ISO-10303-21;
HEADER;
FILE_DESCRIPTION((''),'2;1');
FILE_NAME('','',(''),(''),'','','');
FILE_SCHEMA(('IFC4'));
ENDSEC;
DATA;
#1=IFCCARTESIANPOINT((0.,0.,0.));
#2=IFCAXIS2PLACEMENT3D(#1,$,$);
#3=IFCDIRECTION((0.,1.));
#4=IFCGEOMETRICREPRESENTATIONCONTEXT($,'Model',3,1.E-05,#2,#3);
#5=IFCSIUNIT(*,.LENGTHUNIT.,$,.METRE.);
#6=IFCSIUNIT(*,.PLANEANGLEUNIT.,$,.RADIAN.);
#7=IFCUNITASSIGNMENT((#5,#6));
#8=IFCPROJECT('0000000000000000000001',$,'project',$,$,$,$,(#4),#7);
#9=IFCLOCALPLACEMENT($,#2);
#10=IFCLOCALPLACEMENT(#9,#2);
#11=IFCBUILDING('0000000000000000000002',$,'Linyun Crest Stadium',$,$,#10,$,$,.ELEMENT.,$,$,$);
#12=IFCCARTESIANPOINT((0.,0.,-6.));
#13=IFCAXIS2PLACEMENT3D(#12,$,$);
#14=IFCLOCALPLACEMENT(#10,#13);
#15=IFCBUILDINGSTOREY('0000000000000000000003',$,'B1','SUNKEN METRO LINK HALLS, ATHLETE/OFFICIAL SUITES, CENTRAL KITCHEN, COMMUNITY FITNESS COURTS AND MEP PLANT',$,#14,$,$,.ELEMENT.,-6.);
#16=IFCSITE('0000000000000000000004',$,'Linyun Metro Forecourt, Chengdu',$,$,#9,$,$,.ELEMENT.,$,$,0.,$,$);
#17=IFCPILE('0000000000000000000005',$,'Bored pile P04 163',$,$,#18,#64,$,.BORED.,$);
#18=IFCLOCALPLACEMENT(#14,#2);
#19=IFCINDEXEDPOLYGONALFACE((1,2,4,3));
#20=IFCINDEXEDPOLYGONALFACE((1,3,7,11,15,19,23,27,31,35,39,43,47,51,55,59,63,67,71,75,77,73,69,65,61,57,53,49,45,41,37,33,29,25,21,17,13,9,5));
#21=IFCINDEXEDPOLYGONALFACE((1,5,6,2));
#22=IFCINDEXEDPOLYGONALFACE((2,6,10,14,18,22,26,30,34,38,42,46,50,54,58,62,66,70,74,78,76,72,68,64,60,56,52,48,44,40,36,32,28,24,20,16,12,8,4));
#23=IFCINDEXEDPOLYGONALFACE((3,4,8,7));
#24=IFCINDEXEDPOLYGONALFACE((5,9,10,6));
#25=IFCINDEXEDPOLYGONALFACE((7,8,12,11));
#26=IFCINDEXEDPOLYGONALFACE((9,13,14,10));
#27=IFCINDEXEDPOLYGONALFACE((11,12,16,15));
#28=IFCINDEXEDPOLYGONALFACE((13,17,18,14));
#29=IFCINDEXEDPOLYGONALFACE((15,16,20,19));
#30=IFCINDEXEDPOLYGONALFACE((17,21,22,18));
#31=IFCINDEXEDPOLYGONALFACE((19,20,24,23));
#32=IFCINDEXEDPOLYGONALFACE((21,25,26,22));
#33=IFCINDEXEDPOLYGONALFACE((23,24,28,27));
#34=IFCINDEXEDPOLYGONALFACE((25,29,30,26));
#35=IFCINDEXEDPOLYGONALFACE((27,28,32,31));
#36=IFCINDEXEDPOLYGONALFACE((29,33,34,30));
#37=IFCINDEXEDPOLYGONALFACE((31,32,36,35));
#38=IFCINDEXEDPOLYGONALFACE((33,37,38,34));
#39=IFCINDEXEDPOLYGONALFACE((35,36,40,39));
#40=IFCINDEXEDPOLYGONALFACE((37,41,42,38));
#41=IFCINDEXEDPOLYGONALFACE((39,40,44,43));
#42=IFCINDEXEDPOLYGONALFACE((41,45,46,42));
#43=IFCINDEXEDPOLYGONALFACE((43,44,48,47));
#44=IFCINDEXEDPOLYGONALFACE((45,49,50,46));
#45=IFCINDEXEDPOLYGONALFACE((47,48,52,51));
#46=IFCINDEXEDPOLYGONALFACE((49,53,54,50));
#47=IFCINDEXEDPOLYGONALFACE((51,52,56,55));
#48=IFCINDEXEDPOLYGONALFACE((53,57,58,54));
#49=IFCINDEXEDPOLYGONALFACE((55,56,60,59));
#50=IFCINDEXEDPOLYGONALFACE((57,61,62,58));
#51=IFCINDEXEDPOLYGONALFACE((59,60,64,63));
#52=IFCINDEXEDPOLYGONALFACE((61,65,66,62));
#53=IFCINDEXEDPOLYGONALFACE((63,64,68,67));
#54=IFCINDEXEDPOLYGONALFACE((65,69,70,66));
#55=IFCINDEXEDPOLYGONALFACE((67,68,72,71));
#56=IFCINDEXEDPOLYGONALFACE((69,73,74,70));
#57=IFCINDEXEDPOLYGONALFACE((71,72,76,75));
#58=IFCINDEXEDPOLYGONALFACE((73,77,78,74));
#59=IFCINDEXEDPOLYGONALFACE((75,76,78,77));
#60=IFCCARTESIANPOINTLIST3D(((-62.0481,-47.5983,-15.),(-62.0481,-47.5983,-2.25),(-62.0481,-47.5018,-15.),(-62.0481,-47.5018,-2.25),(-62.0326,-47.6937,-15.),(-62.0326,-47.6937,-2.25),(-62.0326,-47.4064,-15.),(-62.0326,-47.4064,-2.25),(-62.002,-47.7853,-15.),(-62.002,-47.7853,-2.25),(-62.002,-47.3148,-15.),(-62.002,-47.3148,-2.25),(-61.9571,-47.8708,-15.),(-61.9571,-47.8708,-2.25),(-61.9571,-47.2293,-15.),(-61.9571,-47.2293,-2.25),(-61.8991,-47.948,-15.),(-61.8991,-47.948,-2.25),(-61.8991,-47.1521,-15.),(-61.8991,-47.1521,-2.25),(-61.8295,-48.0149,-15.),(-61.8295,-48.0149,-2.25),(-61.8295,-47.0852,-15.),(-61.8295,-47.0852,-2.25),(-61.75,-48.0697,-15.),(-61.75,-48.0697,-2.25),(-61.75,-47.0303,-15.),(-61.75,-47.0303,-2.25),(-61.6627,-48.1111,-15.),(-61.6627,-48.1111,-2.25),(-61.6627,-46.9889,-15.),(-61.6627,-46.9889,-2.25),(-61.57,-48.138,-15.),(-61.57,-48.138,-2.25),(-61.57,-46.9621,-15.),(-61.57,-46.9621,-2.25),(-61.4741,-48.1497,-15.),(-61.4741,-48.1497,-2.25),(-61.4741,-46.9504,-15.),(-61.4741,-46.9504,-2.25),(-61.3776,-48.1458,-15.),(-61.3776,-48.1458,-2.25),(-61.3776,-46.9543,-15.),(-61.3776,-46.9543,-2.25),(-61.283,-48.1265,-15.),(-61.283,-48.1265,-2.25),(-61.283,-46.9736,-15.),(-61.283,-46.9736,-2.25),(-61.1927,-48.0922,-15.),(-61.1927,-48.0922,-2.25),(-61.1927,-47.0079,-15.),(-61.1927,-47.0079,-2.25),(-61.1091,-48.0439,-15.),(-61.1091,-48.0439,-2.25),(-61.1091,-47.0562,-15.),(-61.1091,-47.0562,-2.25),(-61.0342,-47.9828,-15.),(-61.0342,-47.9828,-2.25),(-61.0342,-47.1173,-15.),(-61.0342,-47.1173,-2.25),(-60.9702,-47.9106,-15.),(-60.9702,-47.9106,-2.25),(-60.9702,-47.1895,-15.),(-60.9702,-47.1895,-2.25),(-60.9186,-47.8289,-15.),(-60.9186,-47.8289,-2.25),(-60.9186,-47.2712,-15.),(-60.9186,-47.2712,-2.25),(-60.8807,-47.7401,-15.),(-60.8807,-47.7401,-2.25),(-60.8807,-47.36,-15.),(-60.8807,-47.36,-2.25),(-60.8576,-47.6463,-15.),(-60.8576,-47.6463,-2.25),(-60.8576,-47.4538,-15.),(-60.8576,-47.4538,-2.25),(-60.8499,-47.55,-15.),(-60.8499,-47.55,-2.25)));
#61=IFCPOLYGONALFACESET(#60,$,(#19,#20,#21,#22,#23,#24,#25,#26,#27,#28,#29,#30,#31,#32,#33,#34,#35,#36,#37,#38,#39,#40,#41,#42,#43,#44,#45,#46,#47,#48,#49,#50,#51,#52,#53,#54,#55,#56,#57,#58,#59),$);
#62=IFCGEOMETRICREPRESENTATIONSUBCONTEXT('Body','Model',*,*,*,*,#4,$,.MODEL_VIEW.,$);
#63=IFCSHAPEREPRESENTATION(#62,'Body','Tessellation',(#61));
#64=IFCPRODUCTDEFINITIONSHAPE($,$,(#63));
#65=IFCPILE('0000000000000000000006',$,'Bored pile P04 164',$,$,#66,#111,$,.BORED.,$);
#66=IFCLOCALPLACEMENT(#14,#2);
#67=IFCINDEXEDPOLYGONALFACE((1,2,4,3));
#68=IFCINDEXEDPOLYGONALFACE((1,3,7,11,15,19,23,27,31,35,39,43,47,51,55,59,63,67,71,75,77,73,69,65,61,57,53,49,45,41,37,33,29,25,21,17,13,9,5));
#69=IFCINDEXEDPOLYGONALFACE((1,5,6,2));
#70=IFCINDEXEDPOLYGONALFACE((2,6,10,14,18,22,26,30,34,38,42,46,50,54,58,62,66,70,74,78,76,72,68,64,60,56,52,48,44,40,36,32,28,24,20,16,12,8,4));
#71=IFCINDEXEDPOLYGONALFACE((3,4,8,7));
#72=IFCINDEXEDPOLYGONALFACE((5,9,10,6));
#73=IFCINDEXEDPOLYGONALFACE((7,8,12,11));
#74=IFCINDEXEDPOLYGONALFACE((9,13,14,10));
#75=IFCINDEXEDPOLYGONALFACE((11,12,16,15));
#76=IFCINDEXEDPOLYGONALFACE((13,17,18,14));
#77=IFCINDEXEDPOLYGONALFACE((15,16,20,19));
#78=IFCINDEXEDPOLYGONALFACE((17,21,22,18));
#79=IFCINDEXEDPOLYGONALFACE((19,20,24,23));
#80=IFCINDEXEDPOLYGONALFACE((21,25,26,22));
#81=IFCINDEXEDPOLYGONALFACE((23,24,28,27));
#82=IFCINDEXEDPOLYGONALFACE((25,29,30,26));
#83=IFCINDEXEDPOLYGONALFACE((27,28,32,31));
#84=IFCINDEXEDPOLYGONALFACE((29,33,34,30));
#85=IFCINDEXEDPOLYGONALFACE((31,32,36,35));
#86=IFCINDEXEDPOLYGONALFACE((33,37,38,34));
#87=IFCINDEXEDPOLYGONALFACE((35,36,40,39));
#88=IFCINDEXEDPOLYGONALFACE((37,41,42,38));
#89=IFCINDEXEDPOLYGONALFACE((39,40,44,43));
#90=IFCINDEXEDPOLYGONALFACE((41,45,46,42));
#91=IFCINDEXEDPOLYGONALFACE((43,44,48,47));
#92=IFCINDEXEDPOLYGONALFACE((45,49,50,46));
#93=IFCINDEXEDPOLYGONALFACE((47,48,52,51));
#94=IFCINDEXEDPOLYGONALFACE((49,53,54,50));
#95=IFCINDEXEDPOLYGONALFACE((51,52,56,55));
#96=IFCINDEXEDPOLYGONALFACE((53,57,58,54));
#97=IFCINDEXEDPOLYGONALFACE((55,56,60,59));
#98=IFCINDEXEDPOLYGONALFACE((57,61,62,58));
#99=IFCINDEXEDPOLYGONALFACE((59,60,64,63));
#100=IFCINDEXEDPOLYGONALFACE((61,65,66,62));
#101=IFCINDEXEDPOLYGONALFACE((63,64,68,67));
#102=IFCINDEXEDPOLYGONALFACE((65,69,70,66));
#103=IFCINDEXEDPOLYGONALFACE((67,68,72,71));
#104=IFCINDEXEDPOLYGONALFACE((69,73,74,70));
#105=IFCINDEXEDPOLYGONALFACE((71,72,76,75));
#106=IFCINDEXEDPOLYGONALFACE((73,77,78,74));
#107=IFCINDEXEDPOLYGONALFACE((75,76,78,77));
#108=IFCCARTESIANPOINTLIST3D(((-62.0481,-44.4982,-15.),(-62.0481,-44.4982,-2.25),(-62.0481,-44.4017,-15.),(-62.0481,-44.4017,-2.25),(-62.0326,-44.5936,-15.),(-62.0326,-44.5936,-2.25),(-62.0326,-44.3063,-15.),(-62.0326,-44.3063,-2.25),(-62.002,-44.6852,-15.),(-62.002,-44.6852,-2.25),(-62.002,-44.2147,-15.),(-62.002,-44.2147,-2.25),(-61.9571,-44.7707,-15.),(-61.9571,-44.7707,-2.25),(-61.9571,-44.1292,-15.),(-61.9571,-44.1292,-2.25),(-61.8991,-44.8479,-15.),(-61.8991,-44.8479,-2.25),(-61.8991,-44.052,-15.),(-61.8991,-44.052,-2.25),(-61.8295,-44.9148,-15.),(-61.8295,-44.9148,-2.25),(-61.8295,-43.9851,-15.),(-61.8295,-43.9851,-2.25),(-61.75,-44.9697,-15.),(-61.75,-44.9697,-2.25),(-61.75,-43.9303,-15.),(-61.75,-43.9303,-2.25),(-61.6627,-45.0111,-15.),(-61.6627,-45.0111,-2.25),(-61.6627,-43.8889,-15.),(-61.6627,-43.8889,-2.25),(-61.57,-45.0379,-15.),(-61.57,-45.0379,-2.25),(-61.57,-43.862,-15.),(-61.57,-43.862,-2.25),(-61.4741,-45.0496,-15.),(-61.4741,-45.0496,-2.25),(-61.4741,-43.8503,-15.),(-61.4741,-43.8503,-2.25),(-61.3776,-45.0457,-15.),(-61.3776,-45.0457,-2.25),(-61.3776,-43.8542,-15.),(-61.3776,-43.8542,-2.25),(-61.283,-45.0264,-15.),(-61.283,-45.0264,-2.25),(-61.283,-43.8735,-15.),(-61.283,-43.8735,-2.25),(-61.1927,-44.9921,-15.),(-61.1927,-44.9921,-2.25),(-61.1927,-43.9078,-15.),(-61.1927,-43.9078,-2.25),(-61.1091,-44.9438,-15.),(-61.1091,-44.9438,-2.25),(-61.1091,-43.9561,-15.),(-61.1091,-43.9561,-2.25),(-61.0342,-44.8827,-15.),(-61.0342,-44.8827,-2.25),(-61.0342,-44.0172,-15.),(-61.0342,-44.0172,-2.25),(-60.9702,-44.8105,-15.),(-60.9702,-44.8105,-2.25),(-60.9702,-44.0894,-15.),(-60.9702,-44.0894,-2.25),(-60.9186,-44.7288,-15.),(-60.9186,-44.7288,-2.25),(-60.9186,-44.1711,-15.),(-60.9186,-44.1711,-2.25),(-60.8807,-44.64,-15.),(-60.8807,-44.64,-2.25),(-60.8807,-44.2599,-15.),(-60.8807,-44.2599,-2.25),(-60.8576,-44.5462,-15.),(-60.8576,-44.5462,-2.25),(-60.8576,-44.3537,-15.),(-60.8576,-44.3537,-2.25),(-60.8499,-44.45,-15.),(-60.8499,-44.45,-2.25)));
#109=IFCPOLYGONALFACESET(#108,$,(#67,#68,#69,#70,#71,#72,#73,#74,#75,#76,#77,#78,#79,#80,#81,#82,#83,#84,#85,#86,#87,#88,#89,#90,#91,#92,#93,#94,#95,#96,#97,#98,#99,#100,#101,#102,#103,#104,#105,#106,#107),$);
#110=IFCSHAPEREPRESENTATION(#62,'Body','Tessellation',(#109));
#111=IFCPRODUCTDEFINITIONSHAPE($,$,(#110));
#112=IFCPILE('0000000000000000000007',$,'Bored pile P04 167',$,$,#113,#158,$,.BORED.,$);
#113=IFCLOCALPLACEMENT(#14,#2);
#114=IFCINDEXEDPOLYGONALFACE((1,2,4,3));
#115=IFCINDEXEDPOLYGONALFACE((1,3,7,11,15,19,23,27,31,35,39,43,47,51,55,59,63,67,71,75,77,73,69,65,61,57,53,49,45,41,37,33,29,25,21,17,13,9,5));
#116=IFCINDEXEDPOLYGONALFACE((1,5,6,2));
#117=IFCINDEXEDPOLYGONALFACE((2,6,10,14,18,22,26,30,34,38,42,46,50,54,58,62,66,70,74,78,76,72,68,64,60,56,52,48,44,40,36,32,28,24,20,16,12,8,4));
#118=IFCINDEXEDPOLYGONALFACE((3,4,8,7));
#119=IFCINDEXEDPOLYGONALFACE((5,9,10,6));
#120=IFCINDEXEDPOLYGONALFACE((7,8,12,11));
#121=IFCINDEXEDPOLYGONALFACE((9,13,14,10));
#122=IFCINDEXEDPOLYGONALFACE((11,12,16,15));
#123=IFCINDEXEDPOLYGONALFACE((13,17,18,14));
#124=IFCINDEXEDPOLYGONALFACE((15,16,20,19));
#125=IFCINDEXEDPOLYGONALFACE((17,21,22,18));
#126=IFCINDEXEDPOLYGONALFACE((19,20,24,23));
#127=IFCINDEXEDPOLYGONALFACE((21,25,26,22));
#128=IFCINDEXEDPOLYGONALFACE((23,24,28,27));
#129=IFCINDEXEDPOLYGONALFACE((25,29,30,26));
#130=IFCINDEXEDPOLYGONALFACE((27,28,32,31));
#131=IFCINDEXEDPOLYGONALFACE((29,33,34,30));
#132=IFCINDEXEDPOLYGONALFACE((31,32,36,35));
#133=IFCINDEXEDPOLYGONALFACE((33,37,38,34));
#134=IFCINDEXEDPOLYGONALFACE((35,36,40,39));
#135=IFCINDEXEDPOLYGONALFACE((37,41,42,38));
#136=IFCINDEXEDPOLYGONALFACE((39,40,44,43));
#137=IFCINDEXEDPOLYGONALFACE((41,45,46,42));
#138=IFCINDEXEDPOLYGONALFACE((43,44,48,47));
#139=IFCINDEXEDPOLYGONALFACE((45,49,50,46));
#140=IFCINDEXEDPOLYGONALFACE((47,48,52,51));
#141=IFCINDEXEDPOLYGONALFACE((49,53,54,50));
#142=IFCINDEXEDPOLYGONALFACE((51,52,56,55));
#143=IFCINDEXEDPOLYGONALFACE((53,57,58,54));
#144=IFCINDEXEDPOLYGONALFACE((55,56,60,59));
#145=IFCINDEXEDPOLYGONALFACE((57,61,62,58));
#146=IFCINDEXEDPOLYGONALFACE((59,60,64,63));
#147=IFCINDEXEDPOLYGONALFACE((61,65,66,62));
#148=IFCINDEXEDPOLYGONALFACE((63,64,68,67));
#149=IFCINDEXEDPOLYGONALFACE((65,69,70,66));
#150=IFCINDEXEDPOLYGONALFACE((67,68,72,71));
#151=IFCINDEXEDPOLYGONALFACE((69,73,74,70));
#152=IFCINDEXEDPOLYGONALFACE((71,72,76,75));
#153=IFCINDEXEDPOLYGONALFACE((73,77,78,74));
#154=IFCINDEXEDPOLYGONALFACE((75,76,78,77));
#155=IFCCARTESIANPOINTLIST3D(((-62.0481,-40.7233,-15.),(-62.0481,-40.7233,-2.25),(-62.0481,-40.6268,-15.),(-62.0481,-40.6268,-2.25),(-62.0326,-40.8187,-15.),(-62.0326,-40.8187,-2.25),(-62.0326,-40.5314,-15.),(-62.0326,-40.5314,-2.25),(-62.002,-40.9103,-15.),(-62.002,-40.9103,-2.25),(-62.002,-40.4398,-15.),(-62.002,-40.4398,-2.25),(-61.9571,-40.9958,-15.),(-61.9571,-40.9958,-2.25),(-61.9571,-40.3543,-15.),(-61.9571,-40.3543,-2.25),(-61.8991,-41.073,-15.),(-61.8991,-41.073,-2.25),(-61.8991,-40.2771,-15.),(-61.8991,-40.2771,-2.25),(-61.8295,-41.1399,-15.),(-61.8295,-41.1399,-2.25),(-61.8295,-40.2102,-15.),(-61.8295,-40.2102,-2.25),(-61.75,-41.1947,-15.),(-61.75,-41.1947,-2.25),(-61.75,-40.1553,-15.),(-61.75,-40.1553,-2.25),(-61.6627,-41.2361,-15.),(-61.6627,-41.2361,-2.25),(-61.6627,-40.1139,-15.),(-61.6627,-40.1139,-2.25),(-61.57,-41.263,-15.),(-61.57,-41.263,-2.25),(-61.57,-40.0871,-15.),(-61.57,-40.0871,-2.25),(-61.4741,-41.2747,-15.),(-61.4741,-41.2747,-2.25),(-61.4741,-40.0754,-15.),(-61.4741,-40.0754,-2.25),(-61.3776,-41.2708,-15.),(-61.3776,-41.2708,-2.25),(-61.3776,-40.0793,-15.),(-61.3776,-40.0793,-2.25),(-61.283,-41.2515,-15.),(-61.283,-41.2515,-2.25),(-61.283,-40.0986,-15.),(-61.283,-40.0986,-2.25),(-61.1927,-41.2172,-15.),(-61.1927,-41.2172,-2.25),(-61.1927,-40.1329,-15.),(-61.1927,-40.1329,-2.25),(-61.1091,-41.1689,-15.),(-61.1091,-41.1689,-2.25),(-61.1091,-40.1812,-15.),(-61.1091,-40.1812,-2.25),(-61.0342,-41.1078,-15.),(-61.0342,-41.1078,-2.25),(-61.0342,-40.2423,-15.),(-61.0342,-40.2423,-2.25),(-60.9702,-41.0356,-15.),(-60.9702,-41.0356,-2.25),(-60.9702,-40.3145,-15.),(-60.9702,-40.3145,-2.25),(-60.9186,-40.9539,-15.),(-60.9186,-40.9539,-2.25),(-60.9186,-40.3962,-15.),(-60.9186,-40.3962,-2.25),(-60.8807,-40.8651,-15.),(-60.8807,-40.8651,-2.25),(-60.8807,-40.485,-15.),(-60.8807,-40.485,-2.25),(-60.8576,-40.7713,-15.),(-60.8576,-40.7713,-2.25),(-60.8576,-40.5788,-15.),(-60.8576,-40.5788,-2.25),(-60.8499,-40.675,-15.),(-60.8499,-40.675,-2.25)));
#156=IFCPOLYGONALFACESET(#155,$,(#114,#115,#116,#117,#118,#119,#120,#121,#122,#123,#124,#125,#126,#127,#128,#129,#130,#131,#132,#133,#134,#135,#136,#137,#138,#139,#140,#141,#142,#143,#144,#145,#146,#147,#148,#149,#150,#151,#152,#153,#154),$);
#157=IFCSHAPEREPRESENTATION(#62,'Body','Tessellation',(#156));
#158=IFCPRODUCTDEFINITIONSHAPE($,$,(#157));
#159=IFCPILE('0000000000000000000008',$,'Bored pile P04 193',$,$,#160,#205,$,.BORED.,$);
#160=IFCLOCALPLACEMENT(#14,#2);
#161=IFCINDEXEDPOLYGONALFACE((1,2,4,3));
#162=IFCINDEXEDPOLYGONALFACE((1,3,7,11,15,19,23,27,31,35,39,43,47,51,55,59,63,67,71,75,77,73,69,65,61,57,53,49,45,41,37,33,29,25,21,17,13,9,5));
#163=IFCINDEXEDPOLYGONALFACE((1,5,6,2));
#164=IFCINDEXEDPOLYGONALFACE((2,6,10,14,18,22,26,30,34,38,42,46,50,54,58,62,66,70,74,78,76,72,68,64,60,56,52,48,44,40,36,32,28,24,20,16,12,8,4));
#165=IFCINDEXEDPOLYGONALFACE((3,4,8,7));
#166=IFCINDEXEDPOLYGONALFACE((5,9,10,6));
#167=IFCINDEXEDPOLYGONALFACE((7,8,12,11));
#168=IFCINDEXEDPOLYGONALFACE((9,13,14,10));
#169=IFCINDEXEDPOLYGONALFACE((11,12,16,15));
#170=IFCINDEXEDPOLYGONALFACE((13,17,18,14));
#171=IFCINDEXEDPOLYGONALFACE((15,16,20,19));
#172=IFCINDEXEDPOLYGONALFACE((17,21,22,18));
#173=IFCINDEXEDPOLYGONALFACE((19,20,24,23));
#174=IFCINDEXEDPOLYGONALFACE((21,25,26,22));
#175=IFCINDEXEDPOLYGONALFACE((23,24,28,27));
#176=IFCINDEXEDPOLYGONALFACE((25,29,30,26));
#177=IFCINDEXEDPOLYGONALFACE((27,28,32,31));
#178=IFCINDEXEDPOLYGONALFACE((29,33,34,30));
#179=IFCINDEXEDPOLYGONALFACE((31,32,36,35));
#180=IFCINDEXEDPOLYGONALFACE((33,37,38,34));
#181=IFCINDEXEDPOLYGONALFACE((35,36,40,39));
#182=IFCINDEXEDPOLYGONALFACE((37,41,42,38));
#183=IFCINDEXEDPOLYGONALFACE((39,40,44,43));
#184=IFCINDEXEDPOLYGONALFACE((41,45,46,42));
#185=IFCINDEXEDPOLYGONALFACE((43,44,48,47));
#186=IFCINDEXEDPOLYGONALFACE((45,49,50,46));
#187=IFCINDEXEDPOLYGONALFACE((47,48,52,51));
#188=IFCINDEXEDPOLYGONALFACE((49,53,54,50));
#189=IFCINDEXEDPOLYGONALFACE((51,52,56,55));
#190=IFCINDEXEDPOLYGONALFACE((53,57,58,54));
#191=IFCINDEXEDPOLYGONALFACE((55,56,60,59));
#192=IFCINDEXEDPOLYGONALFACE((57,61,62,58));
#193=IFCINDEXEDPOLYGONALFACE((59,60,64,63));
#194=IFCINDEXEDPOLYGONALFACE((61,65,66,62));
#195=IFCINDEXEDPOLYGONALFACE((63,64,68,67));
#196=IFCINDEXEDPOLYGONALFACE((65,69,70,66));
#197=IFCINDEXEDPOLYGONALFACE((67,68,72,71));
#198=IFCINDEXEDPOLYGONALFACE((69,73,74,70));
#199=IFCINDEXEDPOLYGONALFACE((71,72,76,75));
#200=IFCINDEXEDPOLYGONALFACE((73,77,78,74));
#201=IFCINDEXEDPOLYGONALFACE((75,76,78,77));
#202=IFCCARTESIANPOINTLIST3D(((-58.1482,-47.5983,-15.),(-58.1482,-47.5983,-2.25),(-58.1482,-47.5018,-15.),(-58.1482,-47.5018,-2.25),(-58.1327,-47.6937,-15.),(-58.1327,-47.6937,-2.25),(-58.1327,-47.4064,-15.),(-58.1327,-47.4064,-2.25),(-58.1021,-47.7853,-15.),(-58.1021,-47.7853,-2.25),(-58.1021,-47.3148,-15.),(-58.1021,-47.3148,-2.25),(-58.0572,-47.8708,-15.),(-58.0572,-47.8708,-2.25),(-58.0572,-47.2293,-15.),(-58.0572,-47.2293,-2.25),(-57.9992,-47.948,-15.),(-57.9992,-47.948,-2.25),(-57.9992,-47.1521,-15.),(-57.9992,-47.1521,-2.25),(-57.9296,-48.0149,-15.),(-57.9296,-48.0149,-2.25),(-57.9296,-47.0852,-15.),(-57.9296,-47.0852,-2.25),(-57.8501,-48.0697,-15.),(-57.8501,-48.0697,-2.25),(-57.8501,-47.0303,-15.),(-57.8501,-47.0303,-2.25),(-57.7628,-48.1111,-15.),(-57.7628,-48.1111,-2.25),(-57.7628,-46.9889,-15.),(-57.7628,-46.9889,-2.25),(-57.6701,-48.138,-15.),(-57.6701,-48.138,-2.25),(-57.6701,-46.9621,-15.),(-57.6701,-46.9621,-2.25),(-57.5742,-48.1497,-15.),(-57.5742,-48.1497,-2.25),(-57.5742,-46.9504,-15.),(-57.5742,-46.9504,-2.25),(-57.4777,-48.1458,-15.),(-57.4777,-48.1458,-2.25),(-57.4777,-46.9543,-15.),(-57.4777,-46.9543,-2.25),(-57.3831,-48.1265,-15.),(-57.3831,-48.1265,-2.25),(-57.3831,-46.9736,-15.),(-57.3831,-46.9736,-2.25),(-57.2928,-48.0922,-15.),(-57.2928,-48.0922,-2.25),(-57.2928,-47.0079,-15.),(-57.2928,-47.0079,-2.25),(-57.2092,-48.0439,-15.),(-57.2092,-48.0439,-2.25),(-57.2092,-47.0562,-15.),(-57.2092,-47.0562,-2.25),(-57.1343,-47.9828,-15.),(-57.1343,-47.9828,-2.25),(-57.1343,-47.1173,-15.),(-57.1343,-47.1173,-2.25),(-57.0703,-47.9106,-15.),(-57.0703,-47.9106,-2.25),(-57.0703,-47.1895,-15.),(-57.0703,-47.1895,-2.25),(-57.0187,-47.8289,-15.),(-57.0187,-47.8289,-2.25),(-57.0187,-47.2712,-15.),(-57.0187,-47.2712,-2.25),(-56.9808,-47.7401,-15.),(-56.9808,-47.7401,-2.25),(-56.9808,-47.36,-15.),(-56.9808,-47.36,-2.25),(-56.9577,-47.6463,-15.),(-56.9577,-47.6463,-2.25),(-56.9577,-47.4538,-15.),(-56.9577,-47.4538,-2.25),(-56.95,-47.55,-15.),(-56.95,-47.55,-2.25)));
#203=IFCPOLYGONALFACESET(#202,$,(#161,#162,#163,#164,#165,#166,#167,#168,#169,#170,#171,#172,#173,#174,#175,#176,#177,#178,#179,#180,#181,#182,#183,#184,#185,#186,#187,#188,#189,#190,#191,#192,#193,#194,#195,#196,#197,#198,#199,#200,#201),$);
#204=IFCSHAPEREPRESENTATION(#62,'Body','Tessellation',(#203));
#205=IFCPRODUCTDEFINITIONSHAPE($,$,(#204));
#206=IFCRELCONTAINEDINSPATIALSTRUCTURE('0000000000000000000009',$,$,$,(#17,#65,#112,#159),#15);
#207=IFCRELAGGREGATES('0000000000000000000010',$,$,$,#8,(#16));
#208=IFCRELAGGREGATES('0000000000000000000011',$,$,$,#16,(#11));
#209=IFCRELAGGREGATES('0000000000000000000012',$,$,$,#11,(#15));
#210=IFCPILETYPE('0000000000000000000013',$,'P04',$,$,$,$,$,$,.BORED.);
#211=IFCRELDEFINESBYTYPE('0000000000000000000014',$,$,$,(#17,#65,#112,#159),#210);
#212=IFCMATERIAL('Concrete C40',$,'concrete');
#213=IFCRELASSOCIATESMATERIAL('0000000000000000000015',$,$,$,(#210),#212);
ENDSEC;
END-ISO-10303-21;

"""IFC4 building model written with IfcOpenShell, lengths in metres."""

from ifc_helpers import new_model, si_unit, direction, frame, origin, origin_2d, place, context, subcontext, project, spatial, circle, extrude, material, material_profile, profile_set, type_object, element, save


model = new_model("IFC4")

# Units and contexts
model_context = context("Model", 3, precision=1e-05, world=origin(), true_north=direction((0.0, 1.0)))
body_context = subcontext(model_context, "Body", "Model", "MODEL_VIEW")
ifc_project = project(units=[si_unit("LENGTHUNIT", "METRE"), si_unit("PLANEANGLEUNIT", "RADIAN")], contexts=[model_context])

# Site, building, storey
site_placement = place(None, origin())
site = spatial("IfcSite", under=ifc_project, at=site_placement, Name="Linyun Metro Forecourt, Chengdu", CompositionType="ELEMENT", RefElevation=0.0)
building_placement = place(site_placement, origin())
building = spatial("IfcBuilding", under=site, at=building_placement, Name="Linyun Crest Stadium", CompositionType="ELEMENT")
storey_placement = place(building_placement, frame((0.0, 0.0, -6.0)))
storey = spatial("IfcBuildingStorey", under=building, at=storey_placement, Name="B1", Description="SUNKEN METRO LINK HALLS, ATHLETE/OFFICIAL SUITES, CENTRAL KITCHEN, COMMUNITY FITNESS COURTS AND MEP PLANT", CompositionType="ELEMENT", Elevation=-6.0)

# Piles
ifc_material_1 = material(Name="Concrete C40", Category="concrete")
ifc_material_profile_1 = material_profile(ifc_material_1, circle(Radius=0.6001, at=origin_2d()), Name="BORED PILE 1200")
ifc_profile_set_1 = profile_set([ifc_material_profile_1], Name="Concrete C40")
pile_type = type_object("IfcPileType", Name="P04", PredefinedType="BORED", material=ifc_profile_set_1)
for number, where, z_axis, x_axis, name in (
    (1, (-61.45, -47.55, -2.25), (0.0, 0.0, -1.0), (1.0, 0.0, 0.0), "Bored pile P04 163"),
    (2, (-61.45, -44.45, -2.25), (0.0, 0.0, -1.0), (1.0, 0.0, 0.0), "Bored pile P04 164"),
    (3, (-61.45, -40.675, -2.25), (0.0, 0.0, -1.0), (1.0, 0.0, 0.0), "Bored pile P04 167"),
    (4, (-57.55, -47.55, -2.25), (0.0, 0.0, -1.0), (1.0, 0.0, 0.0), "Bored pile P04 193"),
):
    element("IfcPile", number, at=place(storey_placement, frame(where, z_axis=z_axis, x_axis=x_axis)), inside=storey, type_object=pile_type, Name=name, PredefinedType="BORED", context=body_context, shape_type="SweptSolid", body=[
        extrude(circle(Radius=0.6001, at=origin_2d()), origin(), (0.0, 0.0, 1.0), 12.75),
    ])

save(model, "model.ifc")
